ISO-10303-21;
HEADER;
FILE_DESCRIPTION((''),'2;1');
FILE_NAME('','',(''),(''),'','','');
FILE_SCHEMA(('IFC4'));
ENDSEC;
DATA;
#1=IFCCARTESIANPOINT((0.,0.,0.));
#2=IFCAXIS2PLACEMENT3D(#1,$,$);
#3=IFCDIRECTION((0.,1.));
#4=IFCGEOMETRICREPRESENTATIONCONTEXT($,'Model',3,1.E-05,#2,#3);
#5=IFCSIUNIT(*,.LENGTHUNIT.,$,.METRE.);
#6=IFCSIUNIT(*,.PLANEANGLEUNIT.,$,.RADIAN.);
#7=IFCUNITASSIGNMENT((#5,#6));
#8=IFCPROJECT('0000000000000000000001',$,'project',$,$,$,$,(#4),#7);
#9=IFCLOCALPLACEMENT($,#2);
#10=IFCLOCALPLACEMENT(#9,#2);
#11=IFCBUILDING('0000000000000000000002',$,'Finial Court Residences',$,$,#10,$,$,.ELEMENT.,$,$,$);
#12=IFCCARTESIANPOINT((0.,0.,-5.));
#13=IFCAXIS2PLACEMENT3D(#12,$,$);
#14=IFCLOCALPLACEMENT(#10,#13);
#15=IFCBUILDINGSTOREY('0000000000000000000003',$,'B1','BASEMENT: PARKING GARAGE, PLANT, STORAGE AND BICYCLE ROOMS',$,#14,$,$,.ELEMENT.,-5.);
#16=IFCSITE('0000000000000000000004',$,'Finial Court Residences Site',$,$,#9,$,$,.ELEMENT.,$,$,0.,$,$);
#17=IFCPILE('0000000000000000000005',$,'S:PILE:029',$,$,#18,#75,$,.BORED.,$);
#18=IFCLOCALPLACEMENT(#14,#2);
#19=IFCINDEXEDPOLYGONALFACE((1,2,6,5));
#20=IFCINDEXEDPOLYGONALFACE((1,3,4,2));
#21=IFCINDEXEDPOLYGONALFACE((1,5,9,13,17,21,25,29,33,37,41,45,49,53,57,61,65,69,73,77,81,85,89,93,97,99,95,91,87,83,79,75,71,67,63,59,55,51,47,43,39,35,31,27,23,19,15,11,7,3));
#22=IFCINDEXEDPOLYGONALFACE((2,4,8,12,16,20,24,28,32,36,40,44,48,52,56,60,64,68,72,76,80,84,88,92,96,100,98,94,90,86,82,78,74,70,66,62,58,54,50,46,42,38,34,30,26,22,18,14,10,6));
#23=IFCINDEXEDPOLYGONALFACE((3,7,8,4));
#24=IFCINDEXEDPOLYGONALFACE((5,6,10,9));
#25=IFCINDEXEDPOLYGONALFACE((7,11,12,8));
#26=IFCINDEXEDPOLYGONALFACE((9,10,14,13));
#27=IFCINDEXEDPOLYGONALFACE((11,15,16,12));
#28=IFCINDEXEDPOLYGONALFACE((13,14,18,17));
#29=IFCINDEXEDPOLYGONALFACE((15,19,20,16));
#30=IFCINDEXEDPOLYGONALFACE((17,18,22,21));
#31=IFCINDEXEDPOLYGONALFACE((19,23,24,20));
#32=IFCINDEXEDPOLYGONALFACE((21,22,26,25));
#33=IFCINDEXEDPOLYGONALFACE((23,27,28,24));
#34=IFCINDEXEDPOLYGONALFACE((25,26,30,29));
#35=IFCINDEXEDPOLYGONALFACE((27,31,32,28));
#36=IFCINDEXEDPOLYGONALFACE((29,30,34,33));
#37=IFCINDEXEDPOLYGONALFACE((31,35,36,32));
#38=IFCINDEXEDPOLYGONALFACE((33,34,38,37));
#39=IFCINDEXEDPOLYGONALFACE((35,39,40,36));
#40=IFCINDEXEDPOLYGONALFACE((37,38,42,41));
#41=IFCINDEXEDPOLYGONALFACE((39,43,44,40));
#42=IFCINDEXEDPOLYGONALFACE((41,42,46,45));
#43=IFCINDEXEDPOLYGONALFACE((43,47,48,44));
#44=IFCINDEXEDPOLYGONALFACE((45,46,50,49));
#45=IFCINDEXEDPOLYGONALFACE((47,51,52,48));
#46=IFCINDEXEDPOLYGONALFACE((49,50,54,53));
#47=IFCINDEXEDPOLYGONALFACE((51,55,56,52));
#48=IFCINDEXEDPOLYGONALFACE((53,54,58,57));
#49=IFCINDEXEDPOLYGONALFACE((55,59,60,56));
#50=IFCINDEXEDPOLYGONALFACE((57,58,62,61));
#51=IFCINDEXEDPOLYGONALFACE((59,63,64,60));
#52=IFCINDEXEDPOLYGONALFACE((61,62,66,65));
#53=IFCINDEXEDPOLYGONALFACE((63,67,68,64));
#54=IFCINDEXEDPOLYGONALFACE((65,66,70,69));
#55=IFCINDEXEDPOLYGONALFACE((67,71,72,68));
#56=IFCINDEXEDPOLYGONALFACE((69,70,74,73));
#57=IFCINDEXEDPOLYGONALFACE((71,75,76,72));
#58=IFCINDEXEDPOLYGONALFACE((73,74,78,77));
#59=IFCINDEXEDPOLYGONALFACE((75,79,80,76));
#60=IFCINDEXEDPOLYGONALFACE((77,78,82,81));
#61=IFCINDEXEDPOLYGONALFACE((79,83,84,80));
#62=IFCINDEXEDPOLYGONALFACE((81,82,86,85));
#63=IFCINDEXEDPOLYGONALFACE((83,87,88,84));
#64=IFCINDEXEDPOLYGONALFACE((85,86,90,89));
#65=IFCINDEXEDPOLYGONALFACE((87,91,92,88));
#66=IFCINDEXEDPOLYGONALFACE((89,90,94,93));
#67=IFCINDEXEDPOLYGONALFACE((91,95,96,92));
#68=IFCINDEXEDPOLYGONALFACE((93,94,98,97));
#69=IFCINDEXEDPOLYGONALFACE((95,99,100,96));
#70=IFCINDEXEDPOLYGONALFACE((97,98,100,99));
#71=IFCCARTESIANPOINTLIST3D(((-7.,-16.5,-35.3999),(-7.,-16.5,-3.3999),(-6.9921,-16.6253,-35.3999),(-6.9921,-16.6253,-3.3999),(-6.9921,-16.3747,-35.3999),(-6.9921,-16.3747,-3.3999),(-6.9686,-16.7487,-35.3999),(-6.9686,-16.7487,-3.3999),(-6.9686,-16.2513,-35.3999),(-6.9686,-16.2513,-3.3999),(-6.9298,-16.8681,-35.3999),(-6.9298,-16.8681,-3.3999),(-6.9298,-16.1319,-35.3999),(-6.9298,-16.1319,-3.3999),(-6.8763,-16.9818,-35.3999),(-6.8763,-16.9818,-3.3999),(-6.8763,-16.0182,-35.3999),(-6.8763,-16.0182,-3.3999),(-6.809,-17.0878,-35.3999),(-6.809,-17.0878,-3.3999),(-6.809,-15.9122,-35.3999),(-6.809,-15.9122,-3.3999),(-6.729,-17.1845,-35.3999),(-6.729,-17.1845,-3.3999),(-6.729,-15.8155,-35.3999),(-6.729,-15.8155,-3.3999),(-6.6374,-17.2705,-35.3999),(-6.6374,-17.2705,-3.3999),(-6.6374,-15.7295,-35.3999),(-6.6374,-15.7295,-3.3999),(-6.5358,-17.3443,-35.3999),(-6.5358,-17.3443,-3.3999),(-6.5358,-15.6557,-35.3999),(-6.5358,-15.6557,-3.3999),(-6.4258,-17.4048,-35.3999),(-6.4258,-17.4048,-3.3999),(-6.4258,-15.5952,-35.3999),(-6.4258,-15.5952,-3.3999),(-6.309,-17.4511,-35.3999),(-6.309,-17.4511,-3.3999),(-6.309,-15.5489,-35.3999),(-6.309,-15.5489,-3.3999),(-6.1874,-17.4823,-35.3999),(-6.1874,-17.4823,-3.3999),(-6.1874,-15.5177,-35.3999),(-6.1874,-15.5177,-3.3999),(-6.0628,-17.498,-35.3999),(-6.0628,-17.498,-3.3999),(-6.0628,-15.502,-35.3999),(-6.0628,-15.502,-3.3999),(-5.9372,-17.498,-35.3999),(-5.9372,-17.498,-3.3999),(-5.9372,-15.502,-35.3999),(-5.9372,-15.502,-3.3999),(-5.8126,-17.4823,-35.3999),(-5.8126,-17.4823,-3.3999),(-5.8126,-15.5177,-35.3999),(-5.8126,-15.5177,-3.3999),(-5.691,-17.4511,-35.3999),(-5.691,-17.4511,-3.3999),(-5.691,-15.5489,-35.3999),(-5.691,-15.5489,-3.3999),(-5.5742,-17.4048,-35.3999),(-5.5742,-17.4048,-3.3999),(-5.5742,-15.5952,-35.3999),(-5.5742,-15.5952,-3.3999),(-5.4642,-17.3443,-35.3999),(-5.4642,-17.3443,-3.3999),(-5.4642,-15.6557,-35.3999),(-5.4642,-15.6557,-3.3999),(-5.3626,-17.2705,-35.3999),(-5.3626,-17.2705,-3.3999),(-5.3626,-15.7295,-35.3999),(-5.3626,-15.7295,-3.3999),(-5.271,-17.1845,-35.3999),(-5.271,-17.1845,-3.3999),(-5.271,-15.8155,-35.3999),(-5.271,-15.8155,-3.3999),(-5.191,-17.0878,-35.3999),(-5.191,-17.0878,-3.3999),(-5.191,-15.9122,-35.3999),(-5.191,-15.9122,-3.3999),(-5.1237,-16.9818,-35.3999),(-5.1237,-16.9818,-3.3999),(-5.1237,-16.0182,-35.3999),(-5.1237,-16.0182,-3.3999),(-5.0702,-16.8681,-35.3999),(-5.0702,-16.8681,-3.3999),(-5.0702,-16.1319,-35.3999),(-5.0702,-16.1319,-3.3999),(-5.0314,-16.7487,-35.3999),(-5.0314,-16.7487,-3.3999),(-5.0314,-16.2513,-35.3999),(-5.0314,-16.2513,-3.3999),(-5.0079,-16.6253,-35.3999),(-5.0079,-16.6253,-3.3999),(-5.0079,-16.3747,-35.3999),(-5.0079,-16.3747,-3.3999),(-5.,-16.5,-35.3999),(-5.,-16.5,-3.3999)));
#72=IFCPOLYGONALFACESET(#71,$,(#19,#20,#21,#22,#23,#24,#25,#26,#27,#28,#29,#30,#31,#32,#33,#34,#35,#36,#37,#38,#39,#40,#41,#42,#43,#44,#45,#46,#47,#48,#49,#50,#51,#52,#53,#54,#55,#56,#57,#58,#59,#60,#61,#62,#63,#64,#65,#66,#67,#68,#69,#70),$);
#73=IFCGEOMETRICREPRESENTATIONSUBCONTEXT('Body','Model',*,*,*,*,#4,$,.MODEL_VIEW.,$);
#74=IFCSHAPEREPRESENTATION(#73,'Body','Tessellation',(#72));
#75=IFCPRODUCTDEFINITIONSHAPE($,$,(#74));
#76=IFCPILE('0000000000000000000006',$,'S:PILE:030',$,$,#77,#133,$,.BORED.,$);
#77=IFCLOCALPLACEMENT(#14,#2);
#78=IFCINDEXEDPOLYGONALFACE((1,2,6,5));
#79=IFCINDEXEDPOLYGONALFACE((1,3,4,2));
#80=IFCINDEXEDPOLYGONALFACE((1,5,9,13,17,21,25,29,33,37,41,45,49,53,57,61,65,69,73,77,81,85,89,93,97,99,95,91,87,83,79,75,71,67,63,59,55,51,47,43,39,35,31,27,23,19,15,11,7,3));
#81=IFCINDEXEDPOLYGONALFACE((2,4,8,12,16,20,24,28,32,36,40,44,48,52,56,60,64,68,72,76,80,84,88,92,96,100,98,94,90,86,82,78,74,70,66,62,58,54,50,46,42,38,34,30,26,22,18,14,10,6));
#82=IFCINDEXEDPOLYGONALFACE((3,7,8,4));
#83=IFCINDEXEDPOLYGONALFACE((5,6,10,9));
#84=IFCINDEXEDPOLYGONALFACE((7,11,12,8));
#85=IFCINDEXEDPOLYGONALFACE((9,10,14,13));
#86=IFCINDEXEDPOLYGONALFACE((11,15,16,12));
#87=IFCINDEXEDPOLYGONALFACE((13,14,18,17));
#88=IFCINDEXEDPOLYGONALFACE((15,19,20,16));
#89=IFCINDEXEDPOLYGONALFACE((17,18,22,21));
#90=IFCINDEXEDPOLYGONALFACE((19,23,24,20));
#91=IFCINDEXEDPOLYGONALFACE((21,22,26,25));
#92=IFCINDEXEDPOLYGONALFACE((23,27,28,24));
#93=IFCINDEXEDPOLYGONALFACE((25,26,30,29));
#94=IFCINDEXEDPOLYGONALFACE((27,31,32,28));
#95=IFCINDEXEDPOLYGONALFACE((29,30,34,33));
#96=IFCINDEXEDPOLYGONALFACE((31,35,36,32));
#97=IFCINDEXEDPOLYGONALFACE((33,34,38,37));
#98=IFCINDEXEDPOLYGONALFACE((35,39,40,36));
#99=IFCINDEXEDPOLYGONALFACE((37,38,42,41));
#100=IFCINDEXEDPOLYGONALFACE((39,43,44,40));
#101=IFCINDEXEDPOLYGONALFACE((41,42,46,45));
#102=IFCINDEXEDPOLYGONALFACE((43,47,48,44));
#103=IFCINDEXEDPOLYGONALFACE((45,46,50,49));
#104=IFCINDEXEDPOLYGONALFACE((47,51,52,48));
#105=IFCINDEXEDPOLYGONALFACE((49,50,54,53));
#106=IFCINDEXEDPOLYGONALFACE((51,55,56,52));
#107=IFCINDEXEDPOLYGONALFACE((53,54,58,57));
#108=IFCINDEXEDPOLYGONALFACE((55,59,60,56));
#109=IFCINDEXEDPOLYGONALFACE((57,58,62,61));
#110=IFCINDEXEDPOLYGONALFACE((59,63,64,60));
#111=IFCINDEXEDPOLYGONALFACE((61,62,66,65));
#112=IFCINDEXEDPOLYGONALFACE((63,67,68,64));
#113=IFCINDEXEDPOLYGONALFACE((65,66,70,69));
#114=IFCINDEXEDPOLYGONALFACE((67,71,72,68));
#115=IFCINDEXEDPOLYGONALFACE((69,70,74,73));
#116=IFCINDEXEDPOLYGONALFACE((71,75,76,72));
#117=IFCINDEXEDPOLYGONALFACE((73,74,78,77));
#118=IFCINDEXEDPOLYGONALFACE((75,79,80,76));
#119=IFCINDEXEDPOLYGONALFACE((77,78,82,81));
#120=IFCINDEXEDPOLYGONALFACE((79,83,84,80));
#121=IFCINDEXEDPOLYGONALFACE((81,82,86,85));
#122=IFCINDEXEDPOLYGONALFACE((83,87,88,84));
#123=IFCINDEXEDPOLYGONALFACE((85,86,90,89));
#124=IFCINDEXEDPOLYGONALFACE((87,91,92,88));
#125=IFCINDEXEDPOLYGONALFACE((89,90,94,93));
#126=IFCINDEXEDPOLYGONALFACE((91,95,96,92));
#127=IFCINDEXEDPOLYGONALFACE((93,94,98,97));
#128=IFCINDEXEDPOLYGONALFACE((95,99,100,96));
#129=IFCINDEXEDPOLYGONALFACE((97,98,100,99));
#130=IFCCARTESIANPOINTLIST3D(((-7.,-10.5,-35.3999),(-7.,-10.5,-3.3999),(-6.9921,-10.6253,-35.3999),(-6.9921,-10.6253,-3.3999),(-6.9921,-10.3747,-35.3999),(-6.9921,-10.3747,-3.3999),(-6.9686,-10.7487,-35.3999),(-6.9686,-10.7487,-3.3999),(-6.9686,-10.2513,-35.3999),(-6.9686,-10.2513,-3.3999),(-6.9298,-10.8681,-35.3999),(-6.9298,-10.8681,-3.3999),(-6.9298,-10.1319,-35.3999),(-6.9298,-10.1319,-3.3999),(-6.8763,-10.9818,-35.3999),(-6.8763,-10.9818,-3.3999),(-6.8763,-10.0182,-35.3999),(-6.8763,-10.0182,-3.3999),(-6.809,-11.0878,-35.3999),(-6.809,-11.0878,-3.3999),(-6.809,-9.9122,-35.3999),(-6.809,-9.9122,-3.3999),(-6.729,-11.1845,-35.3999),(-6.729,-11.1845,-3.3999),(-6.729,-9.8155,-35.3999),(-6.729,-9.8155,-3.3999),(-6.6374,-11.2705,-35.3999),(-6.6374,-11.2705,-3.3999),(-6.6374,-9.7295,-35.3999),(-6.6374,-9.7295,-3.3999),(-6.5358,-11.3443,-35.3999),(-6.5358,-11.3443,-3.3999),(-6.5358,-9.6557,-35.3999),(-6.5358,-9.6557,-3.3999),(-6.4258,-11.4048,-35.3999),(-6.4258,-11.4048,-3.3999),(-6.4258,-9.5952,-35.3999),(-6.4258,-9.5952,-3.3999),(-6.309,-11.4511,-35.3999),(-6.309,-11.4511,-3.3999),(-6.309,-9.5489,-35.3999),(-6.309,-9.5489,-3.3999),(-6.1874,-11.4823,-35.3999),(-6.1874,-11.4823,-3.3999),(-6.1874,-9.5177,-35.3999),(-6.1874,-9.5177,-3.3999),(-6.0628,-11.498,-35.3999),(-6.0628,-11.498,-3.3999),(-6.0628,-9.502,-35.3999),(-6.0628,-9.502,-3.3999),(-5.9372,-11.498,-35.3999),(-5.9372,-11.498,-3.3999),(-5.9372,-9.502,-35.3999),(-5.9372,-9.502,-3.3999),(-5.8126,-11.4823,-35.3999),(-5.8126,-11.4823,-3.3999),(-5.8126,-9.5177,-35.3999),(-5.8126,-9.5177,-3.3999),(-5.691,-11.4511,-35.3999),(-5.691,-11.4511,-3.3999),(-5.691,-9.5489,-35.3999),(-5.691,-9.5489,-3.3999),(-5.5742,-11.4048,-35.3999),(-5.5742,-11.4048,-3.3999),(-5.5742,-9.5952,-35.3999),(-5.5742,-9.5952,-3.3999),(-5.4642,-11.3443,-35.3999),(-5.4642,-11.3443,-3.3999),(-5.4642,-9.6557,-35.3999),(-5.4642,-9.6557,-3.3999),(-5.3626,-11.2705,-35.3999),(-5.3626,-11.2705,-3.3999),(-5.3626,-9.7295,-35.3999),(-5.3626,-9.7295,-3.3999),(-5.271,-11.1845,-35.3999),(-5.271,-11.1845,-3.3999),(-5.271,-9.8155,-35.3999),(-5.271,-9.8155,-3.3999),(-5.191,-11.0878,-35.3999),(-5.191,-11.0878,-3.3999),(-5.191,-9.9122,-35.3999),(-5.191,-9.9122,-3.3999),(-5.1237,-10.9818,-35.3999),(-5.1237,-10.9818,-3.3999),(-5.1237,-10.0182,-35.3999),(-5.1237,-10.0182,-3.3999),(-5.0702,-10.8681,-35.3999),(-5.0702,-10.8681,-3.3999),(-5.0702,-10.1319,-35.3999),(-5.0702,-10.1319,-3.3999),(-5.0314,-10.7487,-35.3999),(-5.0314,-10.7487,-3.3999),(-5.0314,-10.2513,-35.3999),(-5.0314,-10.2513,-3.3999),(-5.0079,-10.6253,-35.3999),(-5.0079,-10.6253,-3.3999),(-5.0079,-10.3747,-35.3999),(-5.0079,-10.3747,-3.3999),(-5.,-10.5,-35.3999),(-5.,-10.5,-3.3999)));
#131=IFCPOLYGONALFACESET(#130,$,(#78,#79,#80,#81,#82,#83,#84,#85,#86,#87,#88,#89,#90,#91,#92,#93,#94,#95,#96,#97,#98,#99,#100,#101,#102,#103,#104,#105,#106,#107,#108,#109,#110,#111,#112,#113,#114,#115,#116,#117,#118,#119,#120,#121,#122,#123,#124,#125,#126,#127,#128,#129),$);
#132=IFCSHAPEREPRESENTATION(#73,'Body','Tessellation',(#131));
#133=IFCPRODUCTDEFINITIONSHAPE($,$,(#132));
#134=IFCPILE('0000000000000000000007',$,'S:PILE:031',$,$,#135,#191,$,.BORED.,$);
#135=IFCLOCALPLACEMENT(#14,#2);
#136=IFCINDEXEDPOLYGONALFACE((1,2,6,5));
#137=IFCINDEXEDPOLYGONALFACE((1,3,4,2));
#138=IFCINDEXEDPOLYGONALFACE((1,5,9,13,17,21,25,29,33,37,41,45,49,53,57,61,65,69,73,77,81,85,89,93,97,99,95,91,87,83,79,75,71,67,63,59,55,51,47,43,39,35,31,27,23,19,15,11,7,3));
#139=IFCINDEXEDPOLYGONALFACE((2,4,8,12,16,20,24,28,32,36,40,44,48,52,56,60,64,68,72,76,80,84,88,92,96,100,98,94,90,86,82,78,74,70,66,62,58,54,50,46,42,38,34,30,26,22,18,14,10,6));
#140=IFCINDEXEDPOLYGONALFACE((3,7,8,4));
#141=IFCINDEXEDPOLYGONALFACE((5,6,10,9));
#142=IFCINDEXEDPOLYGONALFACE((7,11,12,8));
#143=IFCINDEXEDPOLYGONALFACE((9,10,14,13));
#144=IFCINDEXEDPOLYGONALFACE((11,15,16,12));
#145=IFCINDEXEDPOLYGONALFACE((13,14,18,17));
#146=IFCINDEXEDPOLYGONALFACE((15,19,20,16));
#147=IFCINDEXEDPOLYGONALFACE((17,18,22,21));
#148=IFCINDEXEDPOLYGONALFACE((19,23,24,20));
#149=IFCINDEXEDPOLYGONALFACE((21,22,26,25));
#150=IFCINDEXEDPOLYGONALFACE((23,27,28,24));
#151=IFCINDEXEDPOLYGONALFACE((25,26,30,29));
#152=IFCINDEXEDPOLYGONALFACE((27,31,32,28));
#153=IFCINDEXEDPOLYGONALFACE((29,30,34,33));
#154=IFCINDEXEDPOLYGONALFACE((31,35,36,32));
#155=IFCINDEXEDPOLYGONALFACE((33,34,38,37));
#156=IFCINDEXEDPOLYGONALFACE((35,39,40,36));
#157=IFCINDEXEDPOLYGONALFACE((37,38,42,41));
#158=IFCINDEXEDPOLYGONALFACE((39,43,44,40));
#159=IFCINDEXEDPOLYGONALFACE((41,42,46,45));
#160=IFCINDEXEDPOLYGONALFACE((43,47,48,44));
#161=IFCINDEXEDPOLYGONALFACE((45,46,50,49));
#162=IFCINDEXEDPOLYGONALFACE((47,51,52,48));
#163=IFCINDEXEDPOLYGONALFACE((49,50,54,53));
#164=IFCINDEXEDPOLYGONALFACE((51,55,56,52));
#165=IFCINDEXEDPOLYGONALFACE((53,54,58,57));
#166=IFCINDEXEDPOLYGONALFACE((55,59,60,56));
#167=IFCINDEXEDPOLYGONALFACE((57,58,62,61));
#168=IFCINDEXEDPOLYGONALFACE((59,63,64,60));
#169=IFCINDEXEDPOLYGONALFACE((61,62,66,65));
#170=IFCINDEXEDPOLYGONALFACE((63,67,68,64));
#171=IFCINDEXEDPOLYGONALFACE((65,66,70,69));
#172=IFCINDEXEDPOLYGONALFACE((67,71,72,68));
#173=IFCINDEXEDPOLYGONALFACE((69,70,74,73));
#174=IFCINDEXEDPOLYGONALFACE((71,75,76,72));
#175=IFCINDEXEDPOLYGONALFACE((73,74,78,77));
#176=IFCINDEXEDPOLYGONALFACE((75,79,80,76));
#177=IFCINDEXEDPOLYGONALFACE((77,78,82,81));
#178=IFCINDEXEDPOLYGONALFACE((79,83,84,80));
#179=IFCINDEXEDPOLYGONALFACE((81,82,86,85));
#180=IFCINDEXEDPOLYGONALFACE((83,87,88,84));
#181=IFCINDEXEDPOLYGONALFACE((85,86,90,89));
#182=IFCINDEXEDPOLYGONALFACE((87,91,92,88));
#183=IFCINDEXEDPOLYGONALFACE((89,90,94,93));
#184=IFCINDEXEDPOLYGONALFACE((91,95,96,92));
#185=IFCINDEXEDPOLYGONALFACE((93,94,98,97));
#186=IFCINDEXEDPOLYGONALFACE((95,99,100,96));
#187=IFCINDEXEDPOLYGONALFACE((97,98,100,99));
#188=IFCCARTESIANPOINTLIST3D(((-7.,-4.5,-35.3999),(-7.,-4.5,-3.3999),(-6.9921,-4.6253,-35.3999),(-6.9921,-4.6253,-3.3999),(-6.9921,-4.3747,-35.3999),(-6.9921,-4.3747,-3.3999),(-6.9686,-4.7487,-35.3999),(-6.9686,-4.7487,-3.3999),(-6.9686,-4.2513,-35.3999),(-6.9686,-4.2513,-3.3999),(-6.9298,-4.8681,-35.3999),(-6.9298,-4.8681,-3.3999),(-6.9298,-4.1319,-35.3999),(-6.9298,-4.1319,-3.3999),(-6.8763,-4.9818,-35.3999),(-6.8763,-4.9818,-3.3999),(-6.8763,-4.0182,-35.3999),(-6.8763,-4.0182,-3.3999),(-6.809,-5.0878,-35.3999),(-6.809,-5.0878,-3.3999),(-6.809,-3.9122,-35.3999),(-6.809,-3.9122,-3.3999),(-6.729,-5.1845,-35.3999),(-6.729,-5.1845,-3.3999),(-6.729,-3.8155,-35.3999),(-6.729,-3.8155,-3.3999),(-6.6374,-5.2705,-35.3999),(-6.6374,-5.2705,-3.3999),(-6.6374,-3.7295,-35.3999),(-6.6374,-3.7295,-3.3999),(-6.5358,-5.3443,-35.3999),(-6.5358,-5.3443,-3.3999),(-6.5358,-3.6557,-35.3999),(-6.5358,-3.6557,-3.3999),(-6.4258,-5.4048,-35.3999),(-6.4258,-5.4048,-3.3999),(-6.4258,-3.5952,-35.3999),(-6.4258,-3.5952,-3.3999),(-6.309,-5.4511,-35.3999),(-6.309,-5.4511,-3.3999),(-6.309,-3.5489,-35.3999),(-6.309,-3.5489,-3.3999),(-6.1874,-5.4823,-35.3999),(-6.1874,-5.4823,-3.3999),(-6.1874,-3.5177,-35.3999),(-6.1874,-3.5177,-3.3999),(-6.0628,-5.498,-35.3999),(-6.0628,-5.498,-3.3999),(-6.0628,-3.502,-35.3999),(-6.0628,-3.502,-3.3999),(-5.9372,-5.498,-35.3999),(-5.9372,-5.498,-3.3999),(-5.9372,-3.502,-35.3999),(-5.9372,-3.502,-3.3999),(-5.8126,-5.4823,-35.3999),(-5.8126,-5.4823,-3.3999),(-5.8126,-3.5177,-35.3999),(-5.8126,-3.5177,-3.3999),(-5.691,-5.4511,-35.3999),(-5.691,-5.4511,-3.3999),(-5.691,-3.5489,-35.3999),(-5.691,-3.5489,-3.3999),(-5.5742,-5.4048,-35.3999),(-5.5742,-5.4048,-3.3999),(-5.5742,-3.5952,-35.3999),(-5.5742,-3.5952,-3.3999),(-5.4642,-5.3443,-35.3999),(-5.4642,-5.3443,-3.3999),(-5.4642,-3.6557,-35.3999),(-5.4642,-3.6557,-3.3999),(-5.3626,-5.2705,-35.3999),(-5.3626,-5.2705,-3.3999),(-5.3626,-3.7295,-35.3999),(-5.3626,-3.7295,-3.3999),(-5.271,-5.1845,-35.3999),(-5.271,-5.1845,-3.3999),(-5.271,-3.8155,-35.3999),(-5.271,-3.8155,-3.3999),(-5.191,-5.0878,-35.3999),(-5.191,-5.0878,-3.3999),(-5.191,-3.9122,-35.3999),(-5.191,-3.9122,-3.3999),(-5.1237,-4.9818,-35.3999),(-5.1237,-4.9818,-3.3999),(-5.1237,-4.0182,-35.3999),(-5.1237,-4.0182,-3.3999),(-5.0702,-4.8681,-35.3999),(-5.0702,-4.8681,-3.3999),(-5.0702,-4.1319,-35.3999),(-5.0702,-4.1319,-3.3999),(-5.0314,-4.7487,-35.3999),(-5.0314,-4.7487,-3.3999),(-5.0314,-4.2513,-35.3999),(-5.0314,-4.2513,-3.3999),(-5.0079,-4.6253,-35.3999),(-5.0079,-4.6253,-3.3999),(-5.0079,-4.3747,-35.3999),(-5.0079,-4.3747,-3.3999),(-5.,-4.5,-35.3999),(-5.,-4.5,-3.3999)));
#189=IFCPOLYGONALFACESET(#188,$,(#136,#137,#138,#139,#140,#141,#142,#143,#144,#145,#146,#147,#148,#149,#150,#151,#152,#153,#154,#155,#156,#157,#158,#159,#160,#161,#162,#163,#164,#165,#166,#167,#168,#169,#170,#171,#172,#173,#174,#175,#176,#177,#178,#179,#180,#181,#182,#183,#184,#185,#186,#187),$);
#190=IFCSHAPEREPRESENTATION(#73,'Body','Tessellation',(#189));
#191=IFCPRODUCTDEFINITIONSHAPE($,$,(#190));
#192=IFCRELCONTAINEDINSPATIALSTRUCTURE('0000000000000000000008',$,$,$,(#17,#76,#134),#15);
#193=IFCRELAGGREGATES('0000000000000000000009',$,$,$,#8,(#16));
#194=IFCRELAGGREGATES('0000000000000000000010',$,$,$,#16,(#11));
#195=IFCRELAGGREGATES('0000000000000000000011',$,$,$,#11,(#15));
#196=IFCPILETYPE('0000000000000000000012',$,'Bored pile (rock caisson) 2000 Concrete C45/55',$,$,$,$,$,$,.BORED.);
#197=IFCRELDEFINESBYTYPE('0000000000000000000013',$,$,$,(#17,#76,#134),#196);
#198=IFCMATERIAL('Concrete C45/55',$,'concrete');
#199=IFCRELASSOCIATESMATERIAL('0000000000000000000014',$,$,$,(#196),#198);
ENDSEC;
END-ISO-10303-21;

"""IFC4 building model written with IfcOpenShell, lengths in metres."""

from ifc_helpers import new_model, si_unit, direction, frame, origin, origin_2d, place, context, subcontext, project, spatial, circle, extrude, material, material_profile, profile_set, type_object, element, save


model = new_model("IFC4")

# Units and contexts
model_context = context("Model", 3, precision=1e-05, world=origin(), true_north=direction((0.0, 1.0)))
body_context = subcontext(model_context, "Body", "Model", "MODEL_VIEW")
ifc_project = project(units=[si_unit("LENGTHUNIT", "METRE"), si_unit("PLANEANGLEUNIT", "RADIAN")], contexts=[model_context])

# Site, building, storey
site_placement = place(None, origin())
site = spatial("IfcSite", under=ifc_project, at=site_placement, Name="Finial Court Residences Site", CompositionType="ELEMENT", RefElevation=0.0)
building_placement = place(site_placement, origin())
building = spatial("IfcBuilding", under=site, at=building_placement, Name="Finial Court Residences", CompositionType="ELEMENT")
storey_placement = place(building_placement, frame((0.0, 0.0, -5.0)))
storey = spatial("IfcBuildingStorey", under=building, at=storey_placement, Name="B1", Description="BASEMENT: PARKING GARAGE, PLANT, STORAGE AND BICYCLE ROOMS", CompositionType="ELEMENT", Elevation=-5.0)

# Piles
ifc_material_1 = material(Name="Concrete C45/55", Category="concrete")
ifc_material_profile_1 = material_profile(ifc_material_1, circle(Radius=1.0, at=origin_2d()), Name="D2000")
ifc_profile_set_1 = profile_set([ifc_material_profile_1], Name="Concrete C45/55")
pile_type = type_object("IfcPileType", Name="Bored pile (rock caisson) 2000 Concrete C45/55", PredefinedType="BORED", material=ifc_profile_set_1)
for number, where, z_axis, x_axis, name in (
    (1, (-6.0, -16.5, -3.3999), (0.0, 0.0, -1.0), (1.0, 0.0, 0.0), "S:PILE:029"),
    (2, (-6.0, -10.5, -3.3999), (0.0, 0.0, -1.0), (1.0, 0.0, 0.0), "S:PILE:030"),
    (3, (-6.0, -4.5, -3.3999), (0.0, 0.0, -1.0), (1.0, 0.0, 0.0), "S:PILE:031"),
):
    element("IfcPile", number, at=place(storey_placement, frame(where, z_axis=z_axis, x_axis=x_axis)), inside=storey, type_object=pile_type, Name=name, PredefinedType="BORED", context=body_context, shape_type="SweptSolid", body=[
        extrude(circle(Radius=1.0, at=origin_2d()), origin(), (0.0, 0.0, 1.0), 32.0),
    ])

save(model, "model.ifc")
